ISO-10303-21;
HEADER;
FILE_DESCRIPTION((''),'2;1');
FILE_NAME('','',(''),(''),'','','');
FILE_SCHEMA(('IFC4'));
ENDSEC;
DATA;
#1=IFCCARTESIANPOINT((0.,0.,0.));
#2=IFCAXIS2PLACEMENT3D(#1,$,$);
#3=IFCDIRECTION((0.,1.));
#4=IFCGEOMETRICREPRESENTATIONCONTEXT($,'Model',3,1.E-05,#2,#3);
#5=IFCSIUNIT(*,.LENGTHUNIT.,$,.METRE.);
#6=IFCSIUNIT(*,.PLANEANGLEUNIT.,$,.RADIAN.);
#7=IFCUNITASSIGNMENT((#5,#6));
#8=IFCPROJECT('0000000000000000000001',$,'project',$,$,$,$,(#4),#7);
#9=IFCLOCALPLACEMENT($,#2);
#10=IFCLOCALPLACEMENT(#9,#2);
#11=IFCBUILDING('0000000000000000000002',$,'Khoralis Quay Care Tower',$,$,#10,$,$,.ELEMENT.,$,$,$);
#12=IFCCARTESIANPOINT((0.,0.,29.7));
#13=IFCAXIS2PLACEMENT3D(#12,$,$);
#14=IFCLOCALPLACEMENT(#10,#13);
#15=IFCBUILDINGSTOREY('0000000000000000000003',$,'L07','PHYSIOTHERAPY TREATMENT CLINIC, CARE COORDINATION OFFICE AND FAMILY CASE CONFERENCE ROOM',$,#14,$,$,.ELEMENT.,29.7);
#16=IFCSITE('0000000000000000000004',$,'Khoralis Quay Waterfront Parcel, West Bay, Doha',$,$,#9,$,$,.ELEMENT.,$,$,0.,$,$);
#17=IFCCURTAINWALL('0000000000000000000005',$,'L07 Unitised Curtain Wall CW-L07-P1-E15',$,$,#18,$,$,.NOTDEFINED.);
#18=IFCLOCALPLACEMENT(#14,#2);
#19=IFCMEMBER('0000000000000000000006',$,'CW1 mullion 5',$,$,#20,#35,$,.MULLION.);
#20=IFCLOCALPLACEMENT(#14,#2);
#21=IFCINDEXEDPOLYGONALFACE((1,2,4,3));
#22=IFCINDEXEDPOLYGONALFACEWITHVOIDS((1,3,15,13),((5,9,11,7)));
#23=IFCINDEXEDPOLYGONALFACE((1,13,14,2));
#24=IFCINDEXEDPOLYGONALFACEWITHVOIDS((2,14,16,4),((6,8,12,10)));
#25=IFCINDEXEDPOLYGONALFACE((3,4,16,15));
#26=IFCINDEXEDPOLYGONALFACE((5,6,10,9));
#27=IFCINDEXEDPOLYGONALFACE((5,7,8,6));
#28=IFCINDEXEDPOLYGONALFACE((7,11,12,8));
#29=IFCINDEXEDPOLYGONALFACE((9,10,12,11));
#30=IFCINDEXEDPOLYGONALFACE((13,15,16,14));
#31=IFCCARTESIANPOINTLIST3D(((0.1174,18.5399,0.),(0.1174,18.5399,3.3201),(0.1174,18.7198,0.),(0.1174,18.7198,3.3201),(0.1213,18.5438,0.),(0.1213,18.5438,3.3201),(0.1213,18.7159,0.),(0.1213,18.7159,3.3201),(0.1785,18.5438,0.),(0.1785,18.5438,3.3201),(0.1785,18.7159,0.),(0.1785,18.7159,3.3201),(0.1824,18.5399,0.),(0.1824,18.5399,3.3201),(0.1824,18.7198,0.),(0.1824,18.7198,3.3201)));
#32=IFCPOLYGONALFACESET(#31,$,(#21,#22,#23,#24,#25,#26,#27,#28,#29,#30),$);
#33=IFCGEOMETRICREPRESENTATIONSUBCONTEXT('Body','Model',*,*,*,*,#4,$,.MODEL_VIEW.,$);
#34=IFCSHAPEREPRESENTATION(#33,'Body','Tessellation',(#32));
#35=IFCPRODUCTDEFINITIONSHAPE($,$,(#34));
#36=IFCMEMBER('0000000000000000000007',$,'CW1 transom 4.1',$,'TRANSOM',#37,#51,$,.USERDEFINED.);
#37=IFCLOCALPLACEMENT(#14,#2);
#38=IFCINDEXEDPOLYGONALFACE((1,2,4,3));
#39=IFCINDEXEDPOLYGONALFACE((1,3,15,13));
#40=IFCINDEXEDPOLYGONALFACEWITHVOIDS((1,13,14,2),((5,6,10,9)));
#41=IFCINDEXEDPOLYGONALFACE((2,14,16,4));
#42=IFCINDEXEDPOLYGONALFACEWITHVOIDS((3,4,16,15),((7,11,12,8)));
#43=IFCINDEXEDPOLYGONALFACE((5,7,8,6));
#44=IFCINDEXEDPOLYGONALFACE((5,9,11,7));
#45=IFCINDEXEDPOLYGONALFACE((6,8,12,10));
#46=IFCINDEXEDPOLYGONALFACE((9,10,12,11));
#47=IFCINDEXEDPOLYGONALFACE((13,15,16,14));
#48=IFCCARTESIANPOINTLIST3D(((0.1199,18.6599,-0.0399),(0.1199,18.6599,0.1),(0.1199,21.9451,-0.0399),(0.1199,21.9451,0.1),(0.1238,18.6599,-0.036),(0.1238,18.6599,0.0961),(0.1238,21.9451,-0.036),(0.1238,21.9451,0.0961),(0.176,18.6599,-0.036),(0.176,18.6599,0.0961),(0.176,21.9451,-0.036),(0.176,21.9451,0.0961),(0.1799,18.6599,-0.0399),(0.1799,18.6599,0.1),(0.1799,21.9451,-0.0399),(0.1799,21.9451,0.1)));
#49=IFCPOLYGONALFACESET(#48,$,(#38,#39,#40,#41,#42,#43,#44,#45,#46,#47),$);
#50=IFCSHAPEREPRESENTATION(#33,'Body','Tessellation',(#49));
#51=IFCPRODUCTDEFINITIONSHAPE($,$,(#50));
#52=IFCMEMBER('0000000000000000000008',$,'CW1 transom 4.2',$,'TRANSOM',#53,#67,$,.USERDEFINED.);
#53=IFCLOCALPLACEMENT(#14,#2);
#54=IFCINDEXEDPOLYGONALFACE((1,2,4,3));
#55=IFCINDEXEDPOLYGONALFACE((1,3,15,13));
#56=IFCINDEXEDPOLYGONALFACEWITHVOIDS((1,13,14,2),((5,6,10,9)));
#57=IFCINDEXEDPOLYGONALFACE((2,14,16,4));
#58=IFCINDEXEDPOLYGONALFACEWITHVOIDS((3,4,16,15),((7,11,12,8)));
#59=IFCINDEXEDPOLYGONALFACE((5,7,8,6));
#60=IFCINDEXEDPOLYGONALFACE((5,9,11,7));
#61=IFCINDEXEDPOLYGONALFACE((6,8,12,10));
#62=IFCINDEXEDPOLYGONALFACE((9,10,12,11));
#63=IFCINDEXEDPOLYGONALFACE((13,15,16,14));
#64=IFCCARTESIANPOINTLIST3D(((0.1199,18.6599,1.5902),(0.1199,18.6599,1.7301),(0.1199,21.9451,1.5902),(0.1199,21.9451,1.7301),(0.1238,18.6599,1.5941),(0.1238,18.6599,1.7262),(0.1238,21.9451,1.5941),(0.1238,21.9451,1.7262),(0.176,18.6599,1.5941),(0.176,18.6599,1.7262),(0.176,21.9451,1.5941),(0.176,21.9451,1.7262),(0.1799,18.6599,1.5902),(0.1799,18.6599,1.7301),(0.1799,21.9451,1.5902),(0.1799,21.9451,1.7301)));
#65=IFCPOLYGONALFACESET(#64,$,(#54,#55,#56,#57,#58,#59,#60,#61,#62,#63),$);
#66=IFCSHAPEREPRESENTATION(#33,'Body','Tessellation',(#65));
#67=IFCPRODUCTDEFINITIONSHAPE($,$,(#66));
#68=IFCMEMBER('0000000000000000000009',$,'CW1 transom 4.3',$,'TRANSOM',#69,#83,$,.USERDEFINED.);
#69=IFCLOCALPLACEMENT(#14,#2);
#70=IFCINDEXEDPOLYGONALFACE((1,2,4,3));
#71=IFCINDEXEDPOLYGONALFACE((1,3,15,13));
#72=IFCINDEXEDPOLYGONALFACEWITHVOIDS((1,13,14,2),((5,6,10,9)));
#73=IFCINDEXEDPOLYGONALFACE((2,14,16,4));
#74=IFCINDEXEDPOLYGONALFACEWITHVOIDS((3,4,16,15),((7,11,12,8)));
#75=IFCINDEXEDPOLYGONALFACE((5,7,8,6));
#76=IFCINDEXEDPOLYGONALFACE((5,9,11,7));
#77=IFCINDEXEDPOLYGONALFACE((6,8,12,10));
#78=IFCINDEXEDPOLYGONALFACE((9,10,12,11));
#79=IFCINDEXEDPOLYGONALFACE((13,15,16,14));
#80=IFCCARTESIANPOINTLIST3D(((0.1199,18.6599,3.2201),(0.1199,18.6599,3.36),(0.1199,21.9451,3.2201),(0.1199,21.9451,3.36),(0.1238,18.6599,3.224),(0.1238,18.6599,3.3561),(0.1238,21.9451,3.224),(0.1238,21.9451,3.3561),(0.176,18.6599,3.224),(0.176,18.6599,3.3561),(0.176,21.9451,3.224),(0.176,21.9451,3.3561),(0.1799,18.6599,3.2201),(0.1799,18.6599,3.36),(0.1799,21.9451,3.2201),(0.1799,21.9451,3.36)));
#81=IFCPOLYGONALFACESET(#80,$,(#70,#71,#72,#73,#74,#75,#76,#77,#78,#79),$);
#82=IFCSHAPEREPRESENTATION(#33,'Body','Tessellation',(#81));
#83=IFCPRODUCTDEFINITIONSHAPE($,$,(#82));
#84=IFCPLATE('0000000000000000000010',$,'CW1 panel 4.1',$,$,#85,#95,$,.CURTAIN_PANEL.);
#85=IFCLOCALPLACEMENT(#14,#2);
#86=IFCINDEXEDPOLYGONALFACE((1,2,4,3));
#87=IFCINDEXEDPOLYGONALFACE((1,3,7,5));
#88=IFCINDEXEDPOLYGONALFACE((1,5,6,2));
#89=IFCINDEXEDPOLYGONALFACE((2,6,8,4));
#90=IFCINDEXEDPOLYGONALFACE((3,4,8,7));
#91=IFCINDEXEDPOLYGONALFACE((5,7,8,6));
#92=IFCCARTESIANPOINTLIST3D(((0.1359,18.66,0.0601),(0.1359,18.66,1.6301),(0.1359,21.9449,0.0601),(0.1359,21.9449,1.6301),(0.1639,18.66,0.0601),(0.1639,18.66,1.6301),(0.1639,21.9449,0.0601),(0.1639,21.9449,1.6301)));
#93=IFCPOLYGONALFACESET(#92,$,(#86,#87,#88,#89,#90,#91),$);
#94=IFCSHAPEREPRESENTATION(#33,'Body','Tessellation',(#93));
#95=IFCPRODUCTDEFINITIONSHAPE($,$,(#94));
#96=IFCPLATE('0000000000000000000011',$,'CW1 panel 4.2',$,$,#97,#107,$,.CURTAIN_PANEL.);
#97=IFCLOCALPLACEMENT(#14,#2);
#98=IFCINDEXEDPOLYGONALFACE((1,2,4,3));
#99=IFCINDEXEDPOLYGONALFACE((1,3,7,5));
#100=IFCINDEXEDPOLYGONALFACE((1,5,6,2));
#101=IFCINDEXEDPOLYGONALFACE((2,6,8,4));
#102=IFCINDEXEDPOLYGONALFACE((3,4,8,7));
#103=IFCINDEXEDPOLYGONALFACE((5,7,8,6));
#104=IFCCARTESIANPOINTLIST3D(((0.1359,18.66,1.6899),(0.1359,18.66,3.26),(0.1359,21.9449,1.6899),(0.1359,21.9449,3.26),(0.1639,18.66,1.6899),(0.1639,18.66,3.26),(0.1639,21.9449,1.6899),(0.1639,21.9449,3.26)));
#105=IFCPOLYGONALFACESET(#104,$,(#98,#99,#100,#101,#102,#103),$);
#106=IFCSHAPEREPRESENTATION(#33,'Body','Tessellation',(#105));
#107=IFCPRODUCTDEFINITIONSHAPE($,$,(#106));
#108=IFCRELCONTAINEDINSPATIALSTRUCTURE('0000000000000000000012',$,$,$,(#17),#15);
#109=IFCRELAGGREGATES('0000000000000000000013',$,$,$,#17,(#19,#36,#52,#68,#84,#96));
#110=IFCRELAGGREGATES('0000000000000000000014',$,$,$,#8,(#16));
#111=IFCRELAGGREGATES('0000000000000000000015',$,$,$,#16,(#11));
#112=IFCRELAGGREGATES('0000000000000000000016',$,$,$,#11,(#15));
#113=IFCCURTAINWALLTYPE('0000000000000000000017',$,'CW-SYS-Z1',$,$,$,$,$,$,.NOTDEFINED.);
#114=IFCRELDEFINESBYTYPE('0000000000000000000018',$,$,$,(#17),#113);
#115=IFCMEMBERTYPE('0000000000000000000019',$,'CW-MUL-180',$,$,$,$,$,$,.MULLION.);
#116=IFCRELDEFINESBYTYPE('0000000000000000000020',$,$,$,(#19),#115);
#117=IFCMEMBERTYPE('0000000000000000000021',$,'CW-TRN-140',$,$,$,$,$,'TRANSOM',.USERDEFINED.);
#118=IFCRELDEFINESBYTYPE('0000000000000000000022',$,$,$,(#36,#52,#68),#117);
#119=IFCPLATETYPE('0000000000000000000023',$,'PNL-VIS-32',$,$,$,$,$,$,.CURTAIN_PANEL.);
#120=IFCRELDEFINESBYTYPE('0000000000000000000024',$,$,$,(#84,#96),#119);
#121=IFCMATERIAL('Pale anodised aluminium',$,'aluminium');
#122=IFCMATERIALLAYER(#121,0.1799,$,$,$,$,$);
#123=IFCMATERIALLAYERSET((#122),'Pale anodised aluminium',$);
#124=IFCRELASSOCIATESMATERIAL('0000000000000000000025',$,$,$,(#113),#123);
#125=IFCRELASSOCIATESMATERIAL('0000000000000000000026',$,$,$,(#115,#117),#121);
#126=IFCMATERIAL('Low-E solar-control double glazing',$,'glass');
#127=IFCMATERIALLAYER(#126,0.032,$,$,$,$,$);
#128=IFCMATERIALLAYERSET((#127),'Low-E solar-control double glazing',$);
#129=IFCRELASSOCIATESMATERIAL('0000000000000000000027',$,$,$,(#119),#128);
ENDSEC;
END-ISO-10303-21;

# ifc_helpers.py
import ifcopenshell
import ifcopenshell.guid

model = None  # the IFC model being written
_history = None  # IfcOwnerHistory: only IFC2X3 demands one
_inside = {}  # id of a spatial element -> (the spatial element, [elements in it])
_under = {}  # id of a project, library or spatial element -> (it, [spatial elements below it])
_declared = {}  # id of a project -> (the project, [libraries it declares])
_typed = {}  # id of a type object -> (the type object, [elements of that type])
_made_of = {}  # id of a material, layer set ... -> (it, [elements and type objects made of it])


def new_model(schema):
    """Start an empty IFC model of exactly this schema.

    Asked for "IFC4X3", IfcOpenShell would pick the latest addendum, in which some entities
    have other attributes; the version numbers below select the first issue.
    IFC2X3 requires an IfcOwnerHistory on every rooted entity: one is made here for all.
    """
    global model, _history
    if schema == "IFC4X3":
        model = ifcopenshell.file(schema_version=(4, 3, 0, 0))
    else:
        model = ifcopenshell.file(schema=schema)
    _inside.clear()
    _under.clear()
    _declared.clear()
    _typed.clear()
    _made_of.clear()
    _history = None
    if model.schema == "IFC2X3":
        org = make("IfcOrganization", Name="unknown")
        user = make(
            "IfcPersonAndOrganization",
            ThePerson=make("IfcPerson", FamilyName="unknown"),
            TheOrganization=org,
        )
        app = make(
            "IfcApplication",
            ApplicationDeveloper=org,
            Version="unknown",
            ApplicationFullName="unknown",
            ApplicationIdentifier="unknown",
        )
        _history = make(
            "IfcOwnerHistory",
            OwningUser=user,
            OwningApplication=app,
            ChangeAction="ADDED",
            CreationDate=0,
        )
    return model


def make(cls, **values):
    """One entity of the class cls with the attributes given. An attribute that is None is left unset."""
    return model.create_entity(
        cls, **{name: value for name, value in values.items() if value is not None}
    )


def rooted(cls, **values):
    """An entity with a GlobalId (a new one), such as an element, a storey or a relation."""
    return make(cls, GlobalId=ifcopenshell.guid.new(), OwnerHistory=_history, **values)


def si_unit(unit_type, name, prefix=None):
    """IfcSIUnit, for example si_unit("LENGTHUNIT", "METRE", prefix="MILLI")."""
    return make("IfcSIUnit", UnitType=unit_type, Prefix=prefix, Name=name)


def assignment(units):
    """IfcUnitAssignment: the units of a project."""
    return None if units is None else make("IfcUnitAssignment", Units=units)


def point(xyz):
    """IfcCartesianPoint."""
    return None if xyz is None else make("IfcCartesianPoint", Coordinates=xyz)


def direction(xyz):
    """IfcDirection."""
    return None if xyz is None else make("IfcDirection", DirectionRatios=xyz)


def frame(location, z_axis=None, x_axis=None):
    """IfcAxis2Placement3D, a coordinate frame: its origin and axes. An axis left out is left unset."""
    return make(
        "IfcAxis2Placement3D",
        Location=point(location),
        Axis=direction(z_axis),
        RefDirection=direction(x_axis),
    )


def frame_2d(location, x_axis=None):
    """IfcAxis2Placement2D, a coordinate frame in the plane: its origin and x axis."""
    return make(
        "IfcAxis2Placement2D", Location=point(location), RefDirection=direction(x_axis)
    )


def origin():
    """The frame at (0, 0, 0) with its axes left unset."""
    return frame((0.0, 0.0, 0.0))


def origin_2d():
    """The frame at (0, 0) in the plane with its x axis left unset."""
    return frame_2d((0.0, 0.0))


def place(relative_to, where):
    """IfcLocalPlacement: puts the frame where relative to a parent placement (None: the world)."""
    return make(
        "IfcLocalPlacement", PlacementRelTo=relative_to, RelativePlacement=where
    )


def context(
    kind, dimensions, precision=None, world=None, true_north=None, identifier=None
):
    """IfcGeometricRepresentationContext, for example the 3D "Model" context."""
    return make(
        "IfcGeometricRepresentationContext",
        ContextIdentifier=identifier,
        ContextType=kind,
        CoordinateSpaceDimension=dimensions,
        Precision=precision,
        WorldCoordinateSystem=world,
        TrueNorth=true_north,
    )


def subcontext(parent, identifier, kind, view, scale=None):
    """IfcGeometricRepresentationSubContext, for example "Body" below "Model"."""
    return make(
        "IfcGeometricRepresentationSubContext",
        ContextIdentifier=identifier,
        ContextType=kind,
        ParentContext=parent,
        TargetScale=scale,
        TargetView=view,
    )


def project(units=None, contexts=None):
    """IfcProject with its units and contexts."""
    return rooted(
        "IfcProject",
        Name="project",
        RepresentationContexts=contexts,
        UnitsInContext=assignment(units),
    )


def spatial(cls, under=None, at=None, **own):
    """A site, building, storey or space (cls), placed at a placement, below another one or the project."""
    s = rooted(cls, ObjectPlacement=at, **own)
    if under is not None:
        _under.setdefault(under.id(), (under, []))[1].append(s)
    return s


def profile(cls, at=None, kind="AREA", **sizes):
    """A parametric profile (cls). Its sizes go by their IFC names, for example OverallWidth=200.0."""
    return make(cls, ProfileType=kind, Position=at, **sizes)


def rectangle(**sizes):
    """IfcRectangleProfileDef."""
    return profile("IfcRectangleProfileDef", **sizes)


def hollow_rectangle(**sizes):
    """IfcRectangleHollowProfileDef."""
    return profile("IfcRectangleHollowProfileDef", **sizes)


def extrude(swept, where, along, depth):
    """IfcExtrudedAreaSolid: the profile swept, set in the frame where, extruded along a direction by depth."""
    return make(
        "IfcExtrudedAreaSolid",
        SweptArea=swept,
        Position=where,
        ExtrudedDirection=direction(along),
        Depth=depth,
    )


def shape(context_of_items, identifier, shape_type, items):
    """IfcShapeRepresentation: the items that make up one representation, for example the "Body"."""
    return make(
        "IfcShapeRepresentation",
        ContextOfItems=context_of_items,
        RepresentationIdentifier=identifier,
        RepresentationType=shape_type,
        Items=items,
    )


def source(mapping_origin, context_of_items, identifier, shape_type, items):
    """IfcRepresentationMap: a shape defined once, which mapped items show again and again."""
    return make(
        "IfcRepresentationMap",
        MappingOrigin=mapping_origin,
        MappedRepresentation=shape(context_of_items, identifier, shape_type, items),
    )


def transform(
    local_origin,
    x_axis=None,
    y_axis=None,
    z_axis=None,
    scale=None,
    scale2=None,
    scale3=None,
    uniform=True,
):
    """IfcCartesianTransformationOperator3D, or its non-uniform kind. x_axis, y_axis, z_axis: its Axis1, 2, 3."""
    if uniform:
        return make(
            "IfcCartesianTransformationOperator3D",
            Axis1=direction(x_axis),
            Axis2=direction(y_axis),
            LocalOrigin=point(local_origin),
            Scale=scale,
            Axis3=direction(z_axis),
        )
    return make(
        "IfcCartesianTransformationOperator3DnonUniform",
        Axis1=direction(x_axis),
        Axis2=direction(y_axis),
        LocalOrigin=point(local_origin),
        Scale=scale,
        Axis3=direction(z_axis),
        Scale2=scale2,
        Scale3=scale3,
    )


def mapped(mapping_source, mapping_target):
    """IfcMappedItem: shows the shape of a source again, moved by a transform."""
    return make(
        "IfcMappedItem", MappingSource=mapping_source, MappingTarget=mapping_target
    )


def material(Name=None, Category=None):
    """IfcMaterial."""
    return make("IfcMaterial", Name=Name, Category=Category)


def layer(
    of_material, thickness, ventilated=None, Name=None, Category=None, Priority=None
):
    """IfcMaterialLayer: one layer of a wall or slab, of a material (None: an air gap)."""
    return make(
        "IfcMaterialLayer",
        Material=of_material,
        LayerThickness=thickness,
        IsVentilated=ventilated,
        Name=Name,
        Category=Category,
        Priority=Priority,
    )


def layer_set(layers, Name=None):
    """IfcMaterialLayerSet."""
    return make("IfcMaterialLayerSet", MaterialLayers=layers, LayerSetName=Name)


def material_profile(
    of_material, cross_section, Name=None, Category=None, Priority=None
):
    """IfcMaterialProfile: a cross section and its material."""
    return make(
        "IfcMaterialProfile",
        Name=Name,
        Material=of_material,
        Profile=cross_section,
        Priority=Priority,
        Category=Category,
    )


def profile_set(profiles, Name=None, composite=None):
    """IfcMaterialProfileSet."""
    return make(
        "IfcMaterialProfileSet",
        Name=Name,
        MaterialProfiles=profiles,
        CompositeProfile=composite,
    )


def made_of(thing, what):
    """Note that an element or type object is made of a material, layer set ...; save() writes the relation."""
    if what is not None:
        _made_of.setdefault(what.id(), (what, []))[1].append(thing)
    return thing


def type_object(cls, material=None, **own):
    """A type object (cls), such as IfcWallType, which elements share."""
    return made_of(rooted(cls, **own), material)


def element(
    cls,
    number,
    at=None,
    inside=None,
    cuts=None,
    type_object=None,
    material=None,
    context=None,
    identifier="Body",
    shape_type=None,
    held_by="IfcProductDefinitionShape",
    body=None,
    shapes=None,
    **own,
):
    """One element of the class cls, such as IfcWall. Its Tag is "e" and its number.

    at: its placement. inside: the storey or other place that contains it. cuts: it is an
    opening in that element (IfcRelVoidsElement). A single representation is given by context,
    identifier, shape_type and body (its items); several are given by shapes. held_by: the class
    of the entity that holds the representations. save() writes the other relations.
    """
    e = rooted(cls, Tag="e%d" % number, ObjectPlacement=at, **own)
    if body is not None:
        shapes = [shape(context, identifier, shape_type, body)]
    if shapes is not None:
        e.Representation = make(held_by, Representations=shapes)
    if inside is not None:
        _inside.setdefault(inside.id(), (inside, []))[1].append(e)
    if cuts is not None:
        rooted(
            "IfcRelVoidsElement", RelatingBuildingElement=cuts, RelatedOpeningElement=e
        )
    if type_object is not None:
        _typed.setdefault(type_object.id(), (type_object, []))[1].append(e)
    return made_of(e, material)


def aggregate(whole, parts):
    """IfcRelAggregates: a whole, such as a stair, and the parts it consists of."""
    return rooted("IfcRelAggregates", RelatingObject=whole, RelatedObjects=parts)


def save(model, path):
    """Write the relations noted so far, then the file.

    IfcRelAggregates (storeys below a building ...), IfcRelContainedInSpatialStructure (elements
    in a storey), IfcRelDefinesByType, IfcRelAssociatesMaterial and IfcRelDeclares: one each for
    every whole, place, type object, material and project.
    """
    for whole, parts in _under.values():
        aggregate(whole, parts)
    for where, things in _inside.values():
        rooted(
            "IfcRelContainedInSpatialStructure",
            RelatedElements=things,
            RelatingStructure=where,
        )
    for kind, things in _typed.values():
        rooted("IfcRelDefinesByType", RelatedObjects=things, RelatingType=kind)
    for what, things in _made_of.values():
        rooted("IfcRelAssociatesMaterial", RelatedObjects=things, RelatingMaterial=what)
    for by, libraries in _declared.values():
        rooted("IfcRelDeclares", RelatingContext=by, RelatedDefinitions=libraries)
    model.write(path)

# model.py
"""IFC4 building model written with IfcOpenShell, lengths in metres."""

from ifc_helpers import new_model, si_unit, direction, frame, origin, origin_2d, place, context, subcontext, project, spatial, rectangle, hollow_rectangle, extrude, source, transform, mapped, material, layer, layer_set, material_profile, profile_set, type_object, element, aggregate, save


model = new_model("IFC4")

# Units and contexts
model_context = context("Model", 3, precision=1e-05, world=origin(), true_north=direction((0.0, 1.0)))
body_context = subcontext(model_context, "Body", "Model", "MODEL_VIEW")
ifc_project = project(units=[si_unit("LENGTHUNIT", "METRE"), si_unit("PLANEANGLEUNIT", "RADIAN")], contexts=[model_context])

# Site, building, storey
site_placement = place(None, origin())
site = spatial("IfcSite", under=ifc_project, at=site_placement, Name="Khoralis Quay Waterfront Parcel, West Bay, Doha", CompositionType="ELEMENT", RefElevation=0.0)
building_placement = place(site_placement, origin())
building = spatial("IfcBuilding", under=site, at=building_placement, Name="Khoralis Quay Care Tower", CompositionType="ELEMENT")
storey_placement = place(building_placement, frame((0.0, 0.0, 29.7)))
storey = spatial("IfcBuildingStorey", under=building, at=storey_placement, Name="L07", Description="PHYSIOTHERAPY TREATMENT CLINIC, CARE COORDINATION OFFICE AND FAMILY CASE CONFERENCE ROOM", CompositionType="ELEMENT", Elevation=29.7)

# Curtain wall, members, plates
ifc_material_1 = material(Name="Pale anodised aluminium", Category="aluminium")
ifc_layer_1 = layer(ifc_material_1, 0.1799)
ifc_layer_set_1 = layer_set([ifc_layer_1], Name="Pale anodised aluminium")
curtain_wall_type = type_object("IfcCurtainWallType", Name="CW-SYS-Z1", PredefinedType="NOTDEFINED", material=ifc_layer_set_1)
curtain_wall_placement = place(storey_placement, origin())
curtain_wall = element("IfcCurtainWall", 1, at=curtain_wall_placement, inside=storey, type_object=curtain_wall_type, Name="L07 Unitised Curtain Wall CW-L07-P1-E15", PredefinedType="NOTDEFINED")
ifc_material_profile_1 = material_profile(ifc_material_1, hollow_rectangle(XDim=0.0649, YDim=0.1799, WallThickness=0.0039, at=origin_2d()), Name="Pale anodised aluminium")
ifc_profile_set_1 = profile_set([ifc_material_profile_1], Name="Pale anodised aluminium")
member_type_1 = type_object("IfcMemberType", Name="CW-MUL-180", PredefinedType="MULLION", material=ifc_profile_set_1)
shared_shape_1 = source(origin(), body_context, "Body", "SweptSolid", [
    extrude(hollow_rectangle(XDim=0.0649, YDim=0.1799, WallThickness=0.0039, at=origin_2d()), origin(), (0.0, 0.0, 1.0), 3.3201),
])
member_1_placement = place(storey_placement, frame((0.1499, 18.6299, 0.0), z_axis=(0.0, 0.0, 1.0), x_axis=(1.0, 0.0, 0.0)))
member_1 = element("IfcMember", 2, at=member_1_placement, type_object=member_type_1, Name="CW1 mullion 5", PredefinedType="MULLION", context=body_context, shape_type="MappedRepresentation", body=[
    mapped(shared_shape_1, transform((0.0, 0.0, 0.0), scale=1.0)),
])
ifc_material_profile_2 = material_profile(ifc_material_1, hollow_rectangle(XDim=0.0601, YDim=0.1399, WallThickness=0.0039, at=origin_2d()), Name="Pale anodised aluminium")
ifc_profile_set_2 = profile_set([ifc_material_profile_2], Name="Pale anodised aluminium")
member_type_2 = type_object("IfcMemberType", Name="CW-TRN-140", ElementType="TRANSOM", PredefinedType="USERDEFINED", material=ifc_profile_set_2)
shared_shape_2 = source(origin(), body_context, "Body", "SweptSolid", [
    extrude(hollow_rectangle(XDim=0.0601, YDim=0.1399, WallThickness=0.0039, at=origin_2d()), origin(), (0.0, 0.0, 1.0), 3.2852),
])
member_2_placement = place(storey_placement, frame((0.1499, 21.9451, 0.03), z_axis=(0.0, -1.0, 0.0), x_axis=(1.0, 0.0, 0.0)))
member_2 = element("IfcMember", 3, at=member_2_placement, type_object=member_type_2, Name="CW1 transom 4.1", ObjectType="TRANSOM", PredefinedType="USERDEFINED", context=body_context, shape_type="MappedRepresentation", body=[
    mapped(shared_shape_2, transform((0.0, 0.0, 0.0), scale=1.0)),
])
member_3_placement = place(storey_placement, frame((0.1499, 21.9451, 1.6602), z_axis=(0.0, -1.0, 0.0), x_axis=(1.0, 0.0, 0.0)))
member_3 = element("IfcMember", 4, at=member_3_placement, type_object=member_type_2, Name="CW1 transom 4.2", ObjectType="TRANSOM", PredefinedType="USERDEFINED", context=body_context, shape_type="MappedRepresentation", body=[
    mapped(shared_shape_2, transform((0.0, 0.0, 0.0), scale=1.0)),
])
member_4_placement = place(storey_placement, frame((0.1499, 21.9451, 3.29), z_axis=(0.0, -1.0, 0.0), x_axis=(1.0, 0.0, 0.0)))
member_4 = element("IfcMember", 5, at=member_4_placement, type_object=member_type_2, Name="CW1 transom 4.3", ObjectType="TRANSOM", PredefinedType="USERDEFINED", context=body_context, shape_type="MappedRepresentation", body=[
    mapped(shared_shape_2, transform((0.0, 0.0, 0.0), scale=1.0)),
])
ifc_material_2 = material(Name="Low-E solar-control double glazing", Category="glass")
ifc_layer_2 = layer(ifc_material_2, 0.032)
ifc_layer_set_2 = layer_set([ifc_layer_2], Name="Low-E solar-control double glazing")
plate_type = type_object("IfcPlateType", Name="PNL-VIS-32", PredefinedType="CURTAIN_PANEL", material=ifc_layer_set_2)
shared_shape_3 = source(origin(), body_context, "Body", "SweptSolid", [
    extrude(rectangle(XDim=3.2849, YDim=0.0281, at=origin_2d()), origin(), (0.0, 0.0, 1.0), 1.5701),
])
plate_1_placement = place(storey_placement, frame((0.1499, 20.3025, 0.0601), z_axis=(0.0, 0.0, 1.0), x_axis=(0.0, -1.0, 0.0)))
plate_1 = element("IfcPlate", 6, at=plate_1_placement, type_object=plate_type, Name="CW1 panel 4.1", PredefinedType="CURTAIN_PANEL", context=body_context, shape_type="MappedRepresentation", body=[
    mapped(shared_shape_3, transform((0.0, 0.0, 0.0), scale=1.0)),
])
plate_2_placement = place(storey_placement, frame((0.1499, 20.3025, 1.6899), z_axis=(0.0, 0.0, 1.0), x_axis=(0.0, -1.0, 0.0)))
plate_2 = element("IfcPlate", 7, at=plate_2_placement, type_object=plate_type, Name="CW1 panel 4.2", PredefinedType="CURTAIN_PANEL", context=body_context, shape_type="MappedRepresentation", body=[
    mapped(shared_shape_3, transform((0.0, 0.0, 0.0), scale=1.0)),
])
aggregate(curtain_wall, [member_1, member_2, member_3, member_4, plate_1, plate_2])

save(model, "model.ifc")
